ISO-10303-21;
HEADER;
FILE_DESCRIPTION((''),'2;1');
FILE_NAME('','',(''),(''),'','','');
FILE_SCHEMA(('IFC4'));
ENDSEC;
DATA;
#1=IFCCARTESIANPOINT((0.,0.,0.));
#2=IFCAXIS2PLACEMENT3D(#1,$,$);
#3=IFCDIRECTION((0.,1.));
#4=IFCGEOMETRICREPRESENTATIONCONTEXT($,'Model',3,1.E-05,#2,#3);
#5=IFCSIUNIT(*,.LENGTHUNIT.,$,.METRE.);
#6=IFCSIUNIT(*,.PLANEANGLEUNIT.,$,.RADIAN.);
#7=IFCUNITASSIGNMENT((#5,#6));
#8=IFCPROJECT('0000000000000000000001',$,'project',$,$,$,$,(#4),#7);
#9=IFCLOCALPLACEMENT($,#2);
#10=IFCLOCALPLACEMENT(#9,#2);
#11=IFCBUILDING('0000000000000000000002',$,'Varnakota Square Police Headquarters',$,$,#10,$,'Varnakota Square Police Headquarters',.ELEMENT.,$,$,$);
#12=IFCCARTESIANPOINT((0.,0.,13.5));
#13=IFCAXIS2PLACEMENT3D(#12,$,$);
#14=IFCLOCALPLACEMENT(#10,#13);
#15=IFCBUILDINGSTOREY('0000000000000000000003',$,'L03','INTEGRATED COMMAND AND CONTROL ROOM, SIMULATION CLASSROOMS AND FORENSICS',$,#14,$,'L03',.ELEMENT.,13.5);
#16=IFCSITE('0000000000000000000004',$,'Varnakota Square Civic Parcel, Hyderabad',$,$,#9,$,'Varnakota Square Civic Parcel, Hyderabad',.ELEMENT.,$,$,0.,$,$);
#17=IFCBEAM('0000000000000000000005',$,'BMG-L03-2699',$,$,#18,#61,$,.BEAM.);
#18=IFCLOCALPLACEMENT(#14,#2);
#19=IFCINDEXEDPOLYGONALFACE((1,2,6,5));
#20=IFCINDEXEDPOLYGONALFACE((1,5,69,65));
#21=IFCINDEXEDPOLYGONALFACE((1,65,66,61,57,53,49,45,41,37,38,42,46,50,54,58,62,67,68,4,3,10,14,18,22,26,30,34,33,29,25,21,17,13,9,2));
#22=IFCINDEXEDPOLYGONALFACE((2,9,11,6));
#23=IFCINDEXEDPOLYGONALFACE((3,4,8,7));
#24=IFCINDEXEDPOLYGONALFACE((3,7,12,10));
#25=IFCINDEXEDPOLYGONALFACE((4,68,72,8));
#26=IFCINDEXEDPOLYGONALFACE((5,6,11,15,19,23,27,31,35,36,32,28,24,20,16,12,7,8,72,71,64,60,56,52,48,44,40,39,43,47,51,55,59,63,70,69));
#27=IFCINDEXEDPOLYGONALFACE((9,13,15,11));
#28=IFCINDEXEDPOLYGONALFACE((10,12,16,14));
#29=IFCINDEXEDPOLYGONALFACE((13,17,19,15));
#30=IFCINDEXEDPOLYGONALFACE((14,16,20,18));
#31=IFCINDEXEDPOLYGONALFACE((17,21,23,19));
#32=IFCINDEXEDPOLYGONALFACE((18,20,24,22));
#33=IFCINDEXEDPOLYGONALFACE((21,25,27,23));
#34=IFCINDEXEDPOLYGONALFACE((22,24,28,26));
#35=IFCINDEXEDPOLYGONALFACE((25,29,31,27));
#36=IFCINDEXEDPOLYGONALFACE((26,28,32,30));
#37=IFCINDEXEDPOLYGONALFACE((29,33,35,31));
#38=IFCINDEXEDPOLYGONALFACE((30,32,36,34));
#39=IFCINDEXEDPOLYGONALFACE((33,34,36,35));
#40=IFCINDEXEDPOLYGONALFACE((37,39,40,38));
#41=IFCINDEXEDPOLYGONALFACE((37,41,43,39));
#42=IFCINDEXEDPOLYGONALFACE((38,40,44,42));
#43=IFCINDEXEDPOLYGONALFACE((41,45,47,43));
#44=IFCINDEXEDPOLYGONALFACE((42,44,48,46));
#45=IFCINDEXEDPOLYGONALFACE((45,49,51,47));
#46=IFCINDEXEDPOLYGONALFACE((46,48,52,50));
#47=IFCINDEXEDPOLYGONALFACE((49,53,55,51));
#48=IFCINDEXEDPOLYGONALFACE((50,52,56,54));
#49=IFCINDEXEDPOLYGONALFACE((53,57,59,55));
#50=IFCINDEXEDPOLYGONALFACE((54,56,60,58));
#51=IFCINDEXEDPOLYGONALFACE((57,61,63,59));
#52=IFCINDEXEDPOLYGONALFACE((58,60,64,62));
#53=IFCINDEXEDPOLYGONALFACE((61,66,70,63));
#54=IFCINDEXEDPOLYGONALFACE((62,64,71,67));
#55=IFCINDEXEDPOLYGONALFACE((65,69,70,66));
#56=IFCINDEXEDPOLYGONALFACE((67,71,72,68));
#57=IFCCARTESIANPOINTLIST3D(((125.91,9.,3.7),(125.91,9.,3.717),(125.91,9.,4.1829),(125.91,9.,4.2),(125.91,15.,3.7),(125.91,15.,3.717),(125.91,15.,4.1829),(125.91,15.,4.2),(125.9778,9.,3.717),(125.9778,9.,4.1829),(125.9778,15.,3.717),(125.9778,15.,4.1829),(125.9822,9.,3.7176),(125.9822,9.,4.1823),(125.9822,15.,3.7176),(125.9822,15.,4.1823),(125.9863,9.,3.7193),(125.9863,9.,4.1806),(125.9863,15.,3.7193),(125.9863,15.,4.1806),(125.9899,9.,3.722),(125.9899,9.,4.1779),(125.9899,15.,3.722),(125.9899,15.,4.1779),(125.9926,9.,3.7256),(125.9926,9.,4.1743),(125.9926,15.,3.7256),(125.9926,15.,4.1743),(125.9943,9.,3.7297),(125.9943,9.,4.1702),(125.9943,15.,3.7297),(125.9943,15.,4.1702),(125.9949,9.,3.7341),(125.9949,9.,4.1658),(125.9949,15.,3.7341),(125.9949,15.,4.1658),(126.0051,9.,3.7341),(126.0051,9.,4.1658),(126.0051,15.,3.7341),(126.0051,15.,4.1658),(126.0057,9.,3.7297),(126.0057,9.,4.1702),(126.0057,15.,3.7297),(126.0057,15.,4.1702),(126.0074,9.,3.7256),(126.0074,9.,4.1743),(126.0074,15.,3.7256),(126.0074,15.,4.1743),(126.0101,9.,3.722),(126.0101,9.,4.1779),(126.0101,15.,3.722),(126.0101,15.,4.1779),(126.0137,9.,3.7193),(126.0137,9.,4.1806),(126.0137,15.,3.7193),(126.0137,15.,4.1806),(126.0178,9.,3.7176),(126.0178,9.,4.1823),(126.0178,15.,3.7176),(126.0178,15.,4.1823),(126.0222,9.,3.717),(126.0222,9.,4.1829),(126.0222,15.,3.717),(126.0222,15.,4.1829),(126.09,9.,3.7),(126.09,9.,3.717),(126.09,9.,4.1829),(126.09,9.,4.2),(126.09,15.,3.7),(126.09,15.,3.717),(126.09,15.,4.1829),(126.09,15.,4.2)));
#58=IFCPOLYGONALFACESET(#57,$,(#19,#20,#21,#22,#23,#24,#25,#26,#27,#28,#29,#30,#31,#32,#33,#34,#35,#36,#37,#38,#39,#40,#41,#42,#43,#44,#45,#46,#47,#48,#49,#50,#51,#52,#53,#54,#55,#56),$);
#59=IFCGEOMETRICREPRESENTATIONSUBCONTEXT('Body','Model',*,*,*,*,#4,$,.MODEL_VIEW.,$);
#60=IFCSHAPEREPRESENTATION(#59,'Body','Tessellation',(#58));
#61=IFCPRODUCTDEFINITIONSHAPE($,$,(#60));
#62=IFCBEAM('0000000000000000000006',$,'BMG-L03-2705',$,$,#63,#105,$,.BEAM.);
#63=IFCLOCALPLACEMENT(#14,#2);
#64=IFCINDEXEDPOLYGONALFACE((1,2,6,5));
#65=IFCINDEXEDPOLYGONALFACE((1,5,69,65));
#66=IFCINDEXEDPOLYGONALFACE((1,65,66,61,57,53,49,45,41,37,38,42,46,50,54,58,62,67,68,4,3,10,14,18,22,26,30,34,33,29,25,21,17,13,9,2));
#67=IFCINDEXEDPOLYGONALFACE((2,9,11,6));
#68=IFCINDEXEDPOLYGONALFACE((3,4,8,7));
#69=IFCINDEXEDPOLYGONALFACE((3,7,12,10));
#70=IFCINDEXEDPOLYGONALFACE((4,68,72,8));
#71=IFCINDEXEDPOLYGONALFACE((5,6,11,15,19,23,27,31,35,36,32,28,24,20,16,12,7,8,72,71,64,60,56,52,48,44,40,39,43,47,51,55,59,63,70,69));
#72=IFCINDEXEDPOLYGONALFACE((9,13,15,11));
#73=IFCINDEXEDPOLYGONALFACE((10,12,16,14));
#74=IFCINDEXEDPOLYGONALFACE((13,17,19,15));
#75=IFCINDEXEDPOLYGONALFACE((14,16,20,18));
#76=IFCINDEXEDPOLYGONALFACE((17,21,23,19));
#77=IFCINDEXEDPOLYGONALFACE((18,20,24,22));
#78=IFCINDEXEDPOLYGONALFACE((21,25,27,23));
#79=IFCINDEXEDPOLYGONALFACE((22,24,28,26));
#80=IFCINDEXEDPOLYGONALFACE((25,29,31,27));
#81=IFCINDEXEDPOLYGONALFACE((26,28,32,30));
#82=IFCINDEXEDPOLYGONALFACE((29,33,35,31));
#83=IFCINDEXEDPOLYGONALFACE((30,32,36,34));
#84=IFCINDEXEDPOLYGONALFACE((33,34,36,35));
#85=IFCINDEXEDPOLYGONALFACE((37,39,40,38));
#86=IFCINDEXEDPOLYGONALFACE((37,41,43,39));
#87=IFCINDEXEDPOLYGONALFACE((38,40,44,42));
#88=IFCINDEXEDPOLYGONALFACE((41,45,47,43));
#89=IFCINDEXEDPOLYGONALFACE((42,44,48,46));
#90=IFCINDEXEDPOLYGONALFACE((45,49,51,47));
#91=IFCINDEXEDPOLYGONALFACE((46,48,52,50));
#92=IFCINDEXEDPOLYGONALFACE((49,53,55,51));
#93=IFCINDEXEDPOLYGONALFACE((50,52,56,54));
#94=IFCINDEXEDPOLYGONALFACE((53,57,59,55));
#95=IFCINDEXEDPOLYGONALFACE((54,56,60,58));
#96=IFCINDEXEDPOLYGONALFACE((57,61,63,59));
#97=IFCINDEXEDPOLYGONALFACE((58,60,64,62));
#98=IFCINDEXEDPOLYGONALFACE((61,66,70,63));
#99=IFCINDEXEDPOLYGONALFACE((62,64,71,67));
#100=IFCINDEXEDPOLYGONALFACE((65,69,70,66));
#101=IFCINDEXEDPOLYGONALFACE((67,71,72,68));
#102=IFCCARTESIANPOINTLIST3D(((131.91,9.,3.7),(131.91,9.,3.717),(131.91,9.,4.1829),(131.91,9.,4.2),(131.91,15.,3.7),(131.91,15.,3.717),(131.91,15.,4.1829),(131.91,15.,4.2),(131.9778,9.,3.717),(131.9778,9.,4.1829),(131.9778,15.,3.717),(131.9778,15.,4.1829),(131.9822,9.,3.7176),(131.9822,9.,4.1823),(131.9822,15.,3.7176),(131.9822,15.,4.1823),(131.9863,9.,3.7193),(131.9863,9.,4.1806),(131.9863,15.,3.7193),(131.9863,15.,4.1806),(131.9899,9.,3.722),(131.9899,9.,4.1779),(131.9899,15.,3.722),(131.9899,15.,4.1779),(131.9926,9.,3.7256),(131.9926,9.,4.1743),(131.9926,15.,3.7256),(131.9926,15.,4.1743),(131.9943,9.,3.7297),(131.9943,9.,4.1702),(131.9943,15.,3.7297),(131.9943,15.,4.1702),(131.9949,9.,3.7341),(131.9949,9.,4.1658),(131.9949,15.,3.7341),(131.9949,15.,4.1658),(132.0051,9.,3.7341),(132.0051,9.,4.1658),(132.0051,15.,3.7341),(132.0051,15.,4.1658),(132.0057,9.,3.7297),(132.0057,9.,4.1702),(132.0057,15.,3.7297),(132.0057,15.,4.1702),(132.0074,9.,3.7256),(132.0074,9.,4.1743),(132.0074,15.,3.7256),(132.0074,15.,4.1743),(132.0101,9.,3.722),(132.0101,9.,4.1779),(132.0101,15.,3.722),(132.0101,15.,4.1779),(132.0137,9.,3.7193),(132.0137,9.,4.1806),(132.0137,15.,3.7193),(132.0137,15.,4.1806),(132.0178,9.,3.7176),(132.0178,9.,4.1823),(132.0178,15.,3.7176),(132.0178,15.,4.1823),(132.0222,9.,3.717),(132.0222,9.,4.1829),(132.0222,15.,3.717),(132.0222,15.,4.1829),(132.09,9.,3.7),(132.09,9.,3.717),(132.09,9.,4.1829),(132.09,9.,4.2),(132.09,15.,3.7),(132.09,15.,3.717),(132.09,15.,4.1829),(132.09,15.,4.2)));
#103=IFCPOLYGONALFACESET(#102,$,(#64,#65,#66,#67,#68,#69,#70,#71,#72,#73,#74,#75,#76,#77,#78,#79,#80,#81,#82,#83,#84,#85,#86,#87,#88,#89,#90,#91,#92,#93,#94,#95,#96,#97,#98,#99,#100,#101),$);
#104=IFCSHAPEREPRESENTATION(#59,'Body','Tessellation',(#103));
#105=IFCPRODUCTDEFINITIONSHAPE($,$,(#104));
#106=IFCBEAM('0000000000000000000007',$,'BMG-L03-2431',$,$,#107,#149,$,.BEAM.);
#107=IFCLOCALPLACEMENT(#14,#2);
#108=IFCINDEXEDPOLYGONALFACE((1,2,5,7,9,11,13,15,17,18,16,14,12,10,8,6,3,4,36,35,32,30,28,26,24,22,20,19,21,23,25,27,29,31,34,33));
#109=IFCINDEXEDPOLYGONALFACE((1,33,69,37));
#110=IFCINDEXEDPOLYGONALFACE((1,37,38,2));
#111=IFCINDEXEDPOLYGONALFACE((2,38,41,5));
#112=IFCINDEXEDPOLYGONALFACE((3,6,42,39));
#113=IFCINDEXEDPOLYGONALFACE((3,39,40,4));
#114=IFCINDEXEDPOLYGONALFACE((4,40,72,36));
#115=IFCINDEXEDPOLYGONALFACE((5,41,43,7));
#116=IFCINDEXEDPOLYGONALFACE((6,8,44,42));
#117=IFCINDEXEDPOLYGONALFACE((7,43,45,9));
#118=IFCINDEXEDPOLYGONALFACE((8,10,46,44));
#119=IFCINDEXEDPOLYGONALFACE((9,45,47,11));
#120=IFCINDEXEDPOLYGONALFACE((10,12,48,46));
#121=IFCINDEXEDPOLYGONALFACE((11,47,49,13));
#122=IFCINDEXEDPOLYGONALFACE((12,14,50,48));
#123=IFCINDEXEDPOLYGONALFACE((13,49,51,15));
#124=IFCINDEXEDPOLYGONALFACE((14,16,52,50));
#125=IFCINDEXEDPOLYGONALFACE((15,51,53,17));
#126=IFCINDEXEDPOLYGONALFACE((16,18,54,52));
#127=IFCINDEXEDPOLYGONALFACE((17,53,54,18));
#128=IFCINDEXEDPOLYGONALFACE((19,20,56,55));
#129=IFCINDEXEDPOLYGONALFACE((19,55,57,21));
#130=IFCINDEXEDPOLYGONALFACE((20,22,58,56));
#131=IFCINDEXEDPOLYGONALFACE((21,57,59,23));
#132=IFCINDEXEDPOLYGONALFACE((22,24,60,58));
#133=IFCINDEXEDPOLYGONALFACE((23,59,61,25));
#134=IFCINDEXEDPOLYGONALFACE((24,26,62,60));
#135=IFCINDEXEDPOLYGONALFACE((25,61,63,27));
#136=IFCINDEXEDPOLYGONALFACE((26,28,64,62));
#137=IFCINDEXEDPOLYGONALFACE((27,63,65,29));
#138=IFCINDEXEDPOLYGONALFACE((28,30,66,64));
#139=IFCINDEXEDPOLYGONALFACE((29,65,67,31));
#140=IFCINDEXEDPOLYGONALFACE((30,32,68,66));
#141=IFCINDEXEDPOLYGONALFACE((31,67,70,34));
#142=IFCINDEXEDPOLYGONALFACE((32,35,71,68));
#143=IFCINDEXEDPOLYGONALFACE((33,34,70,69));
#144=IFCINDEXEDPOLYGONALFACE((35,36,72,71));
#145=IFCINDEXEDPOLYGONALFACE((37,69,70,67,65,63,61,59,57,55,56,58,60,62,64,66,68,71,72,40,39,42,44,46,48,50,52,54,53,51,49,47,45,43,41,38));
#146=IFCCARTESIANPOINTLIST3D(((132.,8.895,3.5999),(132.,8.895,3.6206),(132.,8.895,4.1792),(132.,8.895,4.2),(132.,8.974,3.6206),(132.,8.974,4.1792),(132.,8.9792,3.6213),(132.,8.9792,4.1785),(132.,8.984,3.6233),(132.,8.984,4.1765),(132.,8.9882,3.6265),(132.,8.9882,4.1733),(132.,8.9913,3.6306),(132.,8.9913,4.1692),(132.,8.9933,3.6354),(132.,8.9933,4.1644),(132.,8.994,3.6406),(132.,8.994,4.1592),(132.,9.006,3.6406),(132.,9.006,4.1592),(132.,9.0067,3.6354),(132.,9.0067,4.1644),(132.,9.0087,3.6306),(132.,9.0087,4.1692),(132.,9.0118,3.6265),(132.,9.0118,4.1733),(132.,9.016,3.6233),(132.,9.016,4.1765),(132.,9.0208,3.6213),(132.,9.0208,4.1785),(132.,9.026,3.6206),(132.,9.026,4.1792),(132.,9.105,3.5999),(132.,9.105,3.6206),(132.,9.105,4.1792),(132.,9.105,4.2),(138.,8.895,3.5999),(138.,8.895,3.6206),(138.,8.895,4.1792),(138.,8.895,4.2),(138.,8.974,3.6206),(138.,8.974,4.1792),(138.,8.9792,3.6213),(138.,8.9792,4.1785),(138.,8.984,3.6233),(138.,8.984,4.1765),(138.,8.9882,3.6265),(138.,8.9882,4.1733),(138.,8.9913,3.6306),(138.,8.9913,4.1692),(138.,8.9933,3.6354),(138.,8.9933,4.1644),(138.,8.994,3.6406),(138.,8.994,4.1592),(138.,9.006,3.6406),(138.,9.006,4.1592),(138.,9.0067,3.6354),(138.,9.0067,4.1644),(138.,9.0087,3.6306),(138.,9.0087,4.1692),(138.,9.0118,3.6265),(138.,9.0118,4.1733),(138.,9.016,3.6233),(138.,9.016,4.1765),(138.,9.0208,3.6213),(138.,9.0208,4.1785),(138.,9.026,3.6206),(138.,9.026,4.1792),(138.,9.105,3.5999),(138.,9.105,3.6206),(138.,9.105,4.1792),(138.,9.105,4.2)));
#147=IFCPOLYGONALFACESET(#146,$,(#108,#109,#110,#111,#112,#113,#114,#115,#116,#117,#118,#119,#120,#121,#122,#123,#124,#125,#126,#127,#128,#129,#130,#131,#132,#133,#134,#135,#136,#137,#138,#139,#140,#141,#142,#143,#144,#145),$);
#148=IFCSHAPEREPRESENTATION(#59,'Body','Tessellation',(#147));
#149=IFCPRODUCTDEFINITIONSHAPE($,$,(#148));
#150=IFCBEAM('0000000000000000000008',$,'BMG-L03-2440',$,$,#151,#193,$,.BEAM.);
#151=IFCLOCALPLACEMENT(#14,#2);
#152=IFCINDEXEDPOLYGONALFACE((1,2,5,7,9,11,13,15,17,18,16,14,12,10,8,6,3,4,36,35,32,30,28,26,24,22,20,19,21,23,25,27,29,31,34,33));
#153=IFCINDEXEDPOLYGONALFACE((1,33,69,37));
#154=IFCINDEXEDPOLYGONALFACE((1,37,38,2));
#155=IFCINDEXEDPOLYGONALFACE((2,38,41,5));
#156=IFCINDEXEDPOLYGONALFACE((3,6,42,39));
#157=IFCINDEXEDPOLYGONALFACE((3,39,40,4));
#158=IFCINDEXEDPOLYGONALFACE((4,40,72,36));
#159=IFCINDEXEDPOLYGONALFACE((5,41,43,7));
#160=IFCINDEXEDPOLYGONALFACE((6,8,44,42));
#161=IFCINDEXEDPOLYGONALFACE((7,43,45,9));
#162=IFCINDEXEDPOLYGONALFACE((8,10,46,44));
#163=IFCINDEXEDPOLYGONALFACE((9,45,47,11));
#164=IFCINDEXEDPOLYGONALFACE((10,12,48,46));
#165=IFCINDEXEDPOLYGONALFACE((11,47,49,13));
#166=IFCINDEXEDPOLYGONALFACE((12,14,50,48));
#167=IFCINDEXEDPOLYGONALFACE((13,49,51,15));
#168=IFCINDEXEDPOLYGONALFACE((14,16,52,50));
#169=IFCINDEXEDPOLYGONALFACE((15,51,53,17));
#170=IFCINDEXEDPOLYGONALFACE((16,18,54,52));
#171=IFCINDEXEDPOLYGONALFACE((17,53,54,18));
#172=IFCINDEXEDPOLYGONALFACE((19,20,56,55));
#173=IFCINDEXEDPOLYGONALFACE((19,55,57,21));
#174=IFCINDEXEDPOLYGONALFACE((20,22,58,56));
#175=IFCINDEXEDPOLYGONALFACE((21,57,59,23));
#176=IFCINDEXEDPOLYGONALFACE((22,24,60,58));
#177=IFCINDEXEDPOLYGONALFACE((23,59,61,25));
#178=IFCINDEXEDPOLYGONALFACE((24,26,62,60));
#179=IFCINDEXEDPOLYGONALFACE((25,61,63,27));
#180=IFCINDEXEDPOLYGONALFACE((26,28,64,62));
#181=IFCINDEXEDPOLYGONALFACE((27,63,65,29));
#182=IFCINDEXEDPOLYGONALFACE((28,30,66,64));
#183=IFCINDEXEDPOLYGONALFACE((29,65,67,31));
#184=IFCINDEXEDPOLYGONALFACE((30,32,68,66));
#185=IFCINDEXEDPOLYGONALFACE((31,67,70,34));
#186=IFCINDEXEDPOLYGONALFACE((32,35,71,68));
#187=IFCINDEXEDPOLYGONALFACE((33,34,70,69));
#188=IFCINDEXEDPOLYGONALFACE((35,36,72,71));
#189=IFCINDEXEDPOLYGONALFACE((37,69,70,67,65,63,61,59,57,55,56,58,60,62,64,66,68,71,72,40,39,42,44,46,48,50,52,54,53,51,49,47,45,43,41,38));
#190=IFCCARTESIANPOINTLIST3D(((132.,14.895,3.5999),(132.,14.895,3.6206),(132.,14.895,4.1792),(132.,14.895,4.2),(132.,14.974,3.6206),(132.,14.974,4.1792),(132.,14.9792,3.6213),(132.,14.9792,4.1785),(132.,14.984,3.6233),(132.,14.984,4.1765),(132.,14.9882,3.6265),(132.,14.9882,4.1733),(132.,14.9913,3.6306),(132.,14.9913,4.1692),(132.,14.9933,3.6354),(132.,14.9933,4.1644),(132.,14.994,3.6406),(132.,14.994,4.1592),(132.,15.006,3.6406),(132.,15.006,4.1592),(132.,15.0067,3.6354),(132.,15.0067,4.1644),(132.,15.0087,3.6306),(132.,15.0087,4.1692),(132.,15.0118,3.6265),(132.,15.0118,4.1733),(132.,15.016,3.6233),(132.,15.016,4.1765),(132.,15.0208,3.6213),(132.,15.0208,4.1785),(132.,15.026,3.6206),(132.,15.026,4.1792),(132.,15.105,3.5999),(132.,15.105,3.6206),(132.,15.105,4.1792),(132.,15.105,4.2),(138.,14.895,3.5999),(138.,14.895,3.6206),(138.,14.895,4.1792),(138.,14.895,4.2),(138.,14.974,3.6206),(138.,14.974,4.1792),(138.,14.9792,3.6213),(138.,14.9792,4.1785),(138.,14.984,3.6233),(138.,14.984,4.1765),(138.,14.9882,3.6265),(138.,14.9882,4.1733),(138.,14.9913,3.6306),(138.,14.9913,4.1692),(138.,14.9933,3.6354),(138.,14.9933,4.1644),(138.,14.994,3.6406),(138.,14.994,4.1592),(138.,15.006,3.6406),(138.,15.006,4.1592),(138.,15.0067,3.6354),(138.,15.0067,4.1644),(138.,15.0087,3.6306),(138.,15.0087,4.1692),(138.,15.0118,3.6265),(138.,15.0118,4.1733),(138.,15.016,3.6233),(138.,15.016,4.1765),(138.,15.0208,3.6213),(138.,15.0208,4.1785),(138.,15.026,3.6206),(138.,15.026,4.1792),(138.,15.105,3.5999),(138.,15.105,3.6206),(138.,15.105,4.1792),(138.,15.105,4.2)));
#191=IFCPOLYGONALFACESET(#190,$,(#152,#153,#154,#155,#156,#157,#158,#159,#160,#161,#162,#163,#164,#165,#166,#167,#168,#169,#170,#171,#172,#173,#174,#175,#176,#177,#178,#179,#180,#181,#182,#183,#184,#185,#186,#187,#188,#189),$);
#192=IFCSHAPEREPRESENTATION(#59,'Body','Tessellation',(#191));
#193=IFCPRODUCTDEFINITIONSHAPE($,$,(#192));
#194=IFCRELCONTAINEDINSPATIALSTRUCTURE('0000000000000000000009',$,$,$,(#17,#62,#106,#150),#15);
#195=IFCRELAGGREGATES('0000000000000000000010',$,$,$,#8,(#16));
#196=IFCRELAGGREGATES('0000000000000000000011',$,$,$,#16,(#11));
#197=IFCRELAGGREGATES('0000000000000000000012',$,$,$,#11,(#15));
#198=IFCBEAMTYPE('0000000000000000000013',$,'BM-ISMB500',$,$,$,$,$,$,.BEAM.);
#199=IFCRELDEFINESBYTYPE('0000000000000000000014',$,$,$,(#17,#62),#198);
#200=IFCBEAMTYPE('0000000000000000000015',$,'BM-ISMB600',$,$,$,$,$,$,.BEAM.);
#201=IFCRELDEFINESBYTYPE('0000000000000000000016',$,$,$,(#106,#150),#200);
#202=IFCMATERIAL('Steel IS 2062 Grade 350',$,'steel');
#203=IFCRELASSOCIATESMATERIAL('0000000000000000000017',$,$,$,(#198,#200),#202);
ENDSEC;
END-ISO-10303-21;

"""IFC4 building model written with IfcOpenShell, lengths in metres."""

from ifc_helpers import new_model, si_unit, direction, frame, origin, origin_2d, place, context, subcontext, project, spatial, i_section, extrude, material, material_profile, profile_set, type_object, element, save


model = new_model("IFC4")

# Units and contexts
model_context = context("Model", 3, precision=1e-05, world=origin(), true_north=direction((0.0, 1.0)))
body_context = subcontext(model_context, "Body", "Model", "MODEL_VIEW")
ifc_project = project(units=[si_unit("LENGTHUNIT", "METRE"), si_unit("PLANEANGLEUNIT", "RADIAN")], contexts=[model_context])

# Site, building, storey
site_placement = place(None, origin())
site = spatial("IfcSite", under=ifc_project, at=site_placement, Name="Varnakota Square Civic Parcel, Hyderabad", LongName="Varnakota Square Civic Parcel, Hyderabad", CompositionType="ELEMENT", RefElevation=0.0)
building_placement = place(site_placement, origin())
building = spatial("IfcBuilding", under=site, at=building_placement, Name="Varnakota Square Police Headquarters", LongName="Varnakota Square Police Headquarters", CompositionType="ELEMENT")
storey_placement = place(building_placement, frame((0.0, 0.0, 13.5)))
storey = spatial("IfcBuildingStorey", under=building, at=storey_placement, Name="L03", Description="INTEGRATED COMMAND AND CONTROL ROOM, SIMULATION CLASSROOMS AND FORENSICS", LongName="L03", CompositionType="ELEMENT", Elevation=13.5)

# Shared definitions
ifc_material_1 = material(Name="Steel IS 2062 Grade 350", Category="steel")

# Beams
ifc_material_profile_1 = material_profile(ifc_material_1, i_section(OverallWidth=0.1799, OverallDepth=0.5, WebThickness=0.0103, FlangeThickness=0.0171, FilletRadius=0.0171, at=origin_2d()), Name="ISMB 500")
ifc_profile_set_1 = profile_set([ifc_material_profile_1], Name="Steel IS 2062 Grade 350")
beam_type_1 = type_object("IfcBeamType", Name="BM-ISMB500", PredefinedType="BEAM", material=ifc_profile_set_1)
for number, where, z_axis, x_axis, name in (
    (1, (126.0, 9.0, 3.95), (0.0, 1.0, 0.0), (-1.0, 0.0, 0.0), "BMG-L03-2699"),
    (2, (132.0, 9.0, 3.95), (0.0, 1.0, 0.0), (-1.0, 0.0, 0.0), "BMG-L03-2705"),
):
    element("IfcBeam", number, at=place(storey_placement, frame(where, z_axis=z_axis, x_axis=x_axis)), inside=storey, type_object=beam_type_1, Name=name, PredefinedType="BEAM", context=body_context, shape_type="SweptSolid", body=[
        extrude(i_section(OverallWidth=0.1799, OverallDepth=0.5, WebThickness=0.0103, FlangeThickness=0.0171, FilletRadius=0.0171, at=origin_2d()), origin(), (0.0, 0.0, 1.0), 6.0),
    ])
ifc_material_profile_2 = material_profile(ifc_material_1, i_section(OverallWidth=0.21, OverallDepth=0.6001, WebThickness=0.012, FlangeThickness=0.0208, FilletRadius=0.02, at=origin_2d()), Name="ISMB 600")
ifc_profile_set_2 = profile_set([ifc_material_profile_2], Name="Steel IS 2062 Grade 350")
beam_type_2 = type_object("IfcBeamType", Name="BM-ISMB600", PredefinedType="BEAM", material=ifc_profile_set_2)
for number, where, z_axis, x_axis, name in (
    (3, (132.0, 9.0, 3.8999), (1.0, 0.0, 0.0), (0.0, 1.0, 0.0), "BMG-L03-2431"),
    (4, (132.0, 15.0, 3.8999), (1.0, 0.0, 0.0), (0.0, 1.0, 0.0), "BMG-L03-2440"),
):
    element("IfcBeam", number, at=place(storey_placement, frame(where, z_axis=z_axis, x_axis=x_axis)), inside=storey, type_object=beam_type_2, Name=name, PredefinedType="BEAM", context=body_context, shape_type="SweptSolid", body=[
        extrude(i_section(OverallWidth=0.21, OverallDepth=0.6001, WebThickness=0.012, FlangeThickness=0.0208, FilletRadius=0.02, at=origin_2d()), origin(), (0.0, 0.0, 1.0), 6.0),
    ])

save(model, "model.ifc")
